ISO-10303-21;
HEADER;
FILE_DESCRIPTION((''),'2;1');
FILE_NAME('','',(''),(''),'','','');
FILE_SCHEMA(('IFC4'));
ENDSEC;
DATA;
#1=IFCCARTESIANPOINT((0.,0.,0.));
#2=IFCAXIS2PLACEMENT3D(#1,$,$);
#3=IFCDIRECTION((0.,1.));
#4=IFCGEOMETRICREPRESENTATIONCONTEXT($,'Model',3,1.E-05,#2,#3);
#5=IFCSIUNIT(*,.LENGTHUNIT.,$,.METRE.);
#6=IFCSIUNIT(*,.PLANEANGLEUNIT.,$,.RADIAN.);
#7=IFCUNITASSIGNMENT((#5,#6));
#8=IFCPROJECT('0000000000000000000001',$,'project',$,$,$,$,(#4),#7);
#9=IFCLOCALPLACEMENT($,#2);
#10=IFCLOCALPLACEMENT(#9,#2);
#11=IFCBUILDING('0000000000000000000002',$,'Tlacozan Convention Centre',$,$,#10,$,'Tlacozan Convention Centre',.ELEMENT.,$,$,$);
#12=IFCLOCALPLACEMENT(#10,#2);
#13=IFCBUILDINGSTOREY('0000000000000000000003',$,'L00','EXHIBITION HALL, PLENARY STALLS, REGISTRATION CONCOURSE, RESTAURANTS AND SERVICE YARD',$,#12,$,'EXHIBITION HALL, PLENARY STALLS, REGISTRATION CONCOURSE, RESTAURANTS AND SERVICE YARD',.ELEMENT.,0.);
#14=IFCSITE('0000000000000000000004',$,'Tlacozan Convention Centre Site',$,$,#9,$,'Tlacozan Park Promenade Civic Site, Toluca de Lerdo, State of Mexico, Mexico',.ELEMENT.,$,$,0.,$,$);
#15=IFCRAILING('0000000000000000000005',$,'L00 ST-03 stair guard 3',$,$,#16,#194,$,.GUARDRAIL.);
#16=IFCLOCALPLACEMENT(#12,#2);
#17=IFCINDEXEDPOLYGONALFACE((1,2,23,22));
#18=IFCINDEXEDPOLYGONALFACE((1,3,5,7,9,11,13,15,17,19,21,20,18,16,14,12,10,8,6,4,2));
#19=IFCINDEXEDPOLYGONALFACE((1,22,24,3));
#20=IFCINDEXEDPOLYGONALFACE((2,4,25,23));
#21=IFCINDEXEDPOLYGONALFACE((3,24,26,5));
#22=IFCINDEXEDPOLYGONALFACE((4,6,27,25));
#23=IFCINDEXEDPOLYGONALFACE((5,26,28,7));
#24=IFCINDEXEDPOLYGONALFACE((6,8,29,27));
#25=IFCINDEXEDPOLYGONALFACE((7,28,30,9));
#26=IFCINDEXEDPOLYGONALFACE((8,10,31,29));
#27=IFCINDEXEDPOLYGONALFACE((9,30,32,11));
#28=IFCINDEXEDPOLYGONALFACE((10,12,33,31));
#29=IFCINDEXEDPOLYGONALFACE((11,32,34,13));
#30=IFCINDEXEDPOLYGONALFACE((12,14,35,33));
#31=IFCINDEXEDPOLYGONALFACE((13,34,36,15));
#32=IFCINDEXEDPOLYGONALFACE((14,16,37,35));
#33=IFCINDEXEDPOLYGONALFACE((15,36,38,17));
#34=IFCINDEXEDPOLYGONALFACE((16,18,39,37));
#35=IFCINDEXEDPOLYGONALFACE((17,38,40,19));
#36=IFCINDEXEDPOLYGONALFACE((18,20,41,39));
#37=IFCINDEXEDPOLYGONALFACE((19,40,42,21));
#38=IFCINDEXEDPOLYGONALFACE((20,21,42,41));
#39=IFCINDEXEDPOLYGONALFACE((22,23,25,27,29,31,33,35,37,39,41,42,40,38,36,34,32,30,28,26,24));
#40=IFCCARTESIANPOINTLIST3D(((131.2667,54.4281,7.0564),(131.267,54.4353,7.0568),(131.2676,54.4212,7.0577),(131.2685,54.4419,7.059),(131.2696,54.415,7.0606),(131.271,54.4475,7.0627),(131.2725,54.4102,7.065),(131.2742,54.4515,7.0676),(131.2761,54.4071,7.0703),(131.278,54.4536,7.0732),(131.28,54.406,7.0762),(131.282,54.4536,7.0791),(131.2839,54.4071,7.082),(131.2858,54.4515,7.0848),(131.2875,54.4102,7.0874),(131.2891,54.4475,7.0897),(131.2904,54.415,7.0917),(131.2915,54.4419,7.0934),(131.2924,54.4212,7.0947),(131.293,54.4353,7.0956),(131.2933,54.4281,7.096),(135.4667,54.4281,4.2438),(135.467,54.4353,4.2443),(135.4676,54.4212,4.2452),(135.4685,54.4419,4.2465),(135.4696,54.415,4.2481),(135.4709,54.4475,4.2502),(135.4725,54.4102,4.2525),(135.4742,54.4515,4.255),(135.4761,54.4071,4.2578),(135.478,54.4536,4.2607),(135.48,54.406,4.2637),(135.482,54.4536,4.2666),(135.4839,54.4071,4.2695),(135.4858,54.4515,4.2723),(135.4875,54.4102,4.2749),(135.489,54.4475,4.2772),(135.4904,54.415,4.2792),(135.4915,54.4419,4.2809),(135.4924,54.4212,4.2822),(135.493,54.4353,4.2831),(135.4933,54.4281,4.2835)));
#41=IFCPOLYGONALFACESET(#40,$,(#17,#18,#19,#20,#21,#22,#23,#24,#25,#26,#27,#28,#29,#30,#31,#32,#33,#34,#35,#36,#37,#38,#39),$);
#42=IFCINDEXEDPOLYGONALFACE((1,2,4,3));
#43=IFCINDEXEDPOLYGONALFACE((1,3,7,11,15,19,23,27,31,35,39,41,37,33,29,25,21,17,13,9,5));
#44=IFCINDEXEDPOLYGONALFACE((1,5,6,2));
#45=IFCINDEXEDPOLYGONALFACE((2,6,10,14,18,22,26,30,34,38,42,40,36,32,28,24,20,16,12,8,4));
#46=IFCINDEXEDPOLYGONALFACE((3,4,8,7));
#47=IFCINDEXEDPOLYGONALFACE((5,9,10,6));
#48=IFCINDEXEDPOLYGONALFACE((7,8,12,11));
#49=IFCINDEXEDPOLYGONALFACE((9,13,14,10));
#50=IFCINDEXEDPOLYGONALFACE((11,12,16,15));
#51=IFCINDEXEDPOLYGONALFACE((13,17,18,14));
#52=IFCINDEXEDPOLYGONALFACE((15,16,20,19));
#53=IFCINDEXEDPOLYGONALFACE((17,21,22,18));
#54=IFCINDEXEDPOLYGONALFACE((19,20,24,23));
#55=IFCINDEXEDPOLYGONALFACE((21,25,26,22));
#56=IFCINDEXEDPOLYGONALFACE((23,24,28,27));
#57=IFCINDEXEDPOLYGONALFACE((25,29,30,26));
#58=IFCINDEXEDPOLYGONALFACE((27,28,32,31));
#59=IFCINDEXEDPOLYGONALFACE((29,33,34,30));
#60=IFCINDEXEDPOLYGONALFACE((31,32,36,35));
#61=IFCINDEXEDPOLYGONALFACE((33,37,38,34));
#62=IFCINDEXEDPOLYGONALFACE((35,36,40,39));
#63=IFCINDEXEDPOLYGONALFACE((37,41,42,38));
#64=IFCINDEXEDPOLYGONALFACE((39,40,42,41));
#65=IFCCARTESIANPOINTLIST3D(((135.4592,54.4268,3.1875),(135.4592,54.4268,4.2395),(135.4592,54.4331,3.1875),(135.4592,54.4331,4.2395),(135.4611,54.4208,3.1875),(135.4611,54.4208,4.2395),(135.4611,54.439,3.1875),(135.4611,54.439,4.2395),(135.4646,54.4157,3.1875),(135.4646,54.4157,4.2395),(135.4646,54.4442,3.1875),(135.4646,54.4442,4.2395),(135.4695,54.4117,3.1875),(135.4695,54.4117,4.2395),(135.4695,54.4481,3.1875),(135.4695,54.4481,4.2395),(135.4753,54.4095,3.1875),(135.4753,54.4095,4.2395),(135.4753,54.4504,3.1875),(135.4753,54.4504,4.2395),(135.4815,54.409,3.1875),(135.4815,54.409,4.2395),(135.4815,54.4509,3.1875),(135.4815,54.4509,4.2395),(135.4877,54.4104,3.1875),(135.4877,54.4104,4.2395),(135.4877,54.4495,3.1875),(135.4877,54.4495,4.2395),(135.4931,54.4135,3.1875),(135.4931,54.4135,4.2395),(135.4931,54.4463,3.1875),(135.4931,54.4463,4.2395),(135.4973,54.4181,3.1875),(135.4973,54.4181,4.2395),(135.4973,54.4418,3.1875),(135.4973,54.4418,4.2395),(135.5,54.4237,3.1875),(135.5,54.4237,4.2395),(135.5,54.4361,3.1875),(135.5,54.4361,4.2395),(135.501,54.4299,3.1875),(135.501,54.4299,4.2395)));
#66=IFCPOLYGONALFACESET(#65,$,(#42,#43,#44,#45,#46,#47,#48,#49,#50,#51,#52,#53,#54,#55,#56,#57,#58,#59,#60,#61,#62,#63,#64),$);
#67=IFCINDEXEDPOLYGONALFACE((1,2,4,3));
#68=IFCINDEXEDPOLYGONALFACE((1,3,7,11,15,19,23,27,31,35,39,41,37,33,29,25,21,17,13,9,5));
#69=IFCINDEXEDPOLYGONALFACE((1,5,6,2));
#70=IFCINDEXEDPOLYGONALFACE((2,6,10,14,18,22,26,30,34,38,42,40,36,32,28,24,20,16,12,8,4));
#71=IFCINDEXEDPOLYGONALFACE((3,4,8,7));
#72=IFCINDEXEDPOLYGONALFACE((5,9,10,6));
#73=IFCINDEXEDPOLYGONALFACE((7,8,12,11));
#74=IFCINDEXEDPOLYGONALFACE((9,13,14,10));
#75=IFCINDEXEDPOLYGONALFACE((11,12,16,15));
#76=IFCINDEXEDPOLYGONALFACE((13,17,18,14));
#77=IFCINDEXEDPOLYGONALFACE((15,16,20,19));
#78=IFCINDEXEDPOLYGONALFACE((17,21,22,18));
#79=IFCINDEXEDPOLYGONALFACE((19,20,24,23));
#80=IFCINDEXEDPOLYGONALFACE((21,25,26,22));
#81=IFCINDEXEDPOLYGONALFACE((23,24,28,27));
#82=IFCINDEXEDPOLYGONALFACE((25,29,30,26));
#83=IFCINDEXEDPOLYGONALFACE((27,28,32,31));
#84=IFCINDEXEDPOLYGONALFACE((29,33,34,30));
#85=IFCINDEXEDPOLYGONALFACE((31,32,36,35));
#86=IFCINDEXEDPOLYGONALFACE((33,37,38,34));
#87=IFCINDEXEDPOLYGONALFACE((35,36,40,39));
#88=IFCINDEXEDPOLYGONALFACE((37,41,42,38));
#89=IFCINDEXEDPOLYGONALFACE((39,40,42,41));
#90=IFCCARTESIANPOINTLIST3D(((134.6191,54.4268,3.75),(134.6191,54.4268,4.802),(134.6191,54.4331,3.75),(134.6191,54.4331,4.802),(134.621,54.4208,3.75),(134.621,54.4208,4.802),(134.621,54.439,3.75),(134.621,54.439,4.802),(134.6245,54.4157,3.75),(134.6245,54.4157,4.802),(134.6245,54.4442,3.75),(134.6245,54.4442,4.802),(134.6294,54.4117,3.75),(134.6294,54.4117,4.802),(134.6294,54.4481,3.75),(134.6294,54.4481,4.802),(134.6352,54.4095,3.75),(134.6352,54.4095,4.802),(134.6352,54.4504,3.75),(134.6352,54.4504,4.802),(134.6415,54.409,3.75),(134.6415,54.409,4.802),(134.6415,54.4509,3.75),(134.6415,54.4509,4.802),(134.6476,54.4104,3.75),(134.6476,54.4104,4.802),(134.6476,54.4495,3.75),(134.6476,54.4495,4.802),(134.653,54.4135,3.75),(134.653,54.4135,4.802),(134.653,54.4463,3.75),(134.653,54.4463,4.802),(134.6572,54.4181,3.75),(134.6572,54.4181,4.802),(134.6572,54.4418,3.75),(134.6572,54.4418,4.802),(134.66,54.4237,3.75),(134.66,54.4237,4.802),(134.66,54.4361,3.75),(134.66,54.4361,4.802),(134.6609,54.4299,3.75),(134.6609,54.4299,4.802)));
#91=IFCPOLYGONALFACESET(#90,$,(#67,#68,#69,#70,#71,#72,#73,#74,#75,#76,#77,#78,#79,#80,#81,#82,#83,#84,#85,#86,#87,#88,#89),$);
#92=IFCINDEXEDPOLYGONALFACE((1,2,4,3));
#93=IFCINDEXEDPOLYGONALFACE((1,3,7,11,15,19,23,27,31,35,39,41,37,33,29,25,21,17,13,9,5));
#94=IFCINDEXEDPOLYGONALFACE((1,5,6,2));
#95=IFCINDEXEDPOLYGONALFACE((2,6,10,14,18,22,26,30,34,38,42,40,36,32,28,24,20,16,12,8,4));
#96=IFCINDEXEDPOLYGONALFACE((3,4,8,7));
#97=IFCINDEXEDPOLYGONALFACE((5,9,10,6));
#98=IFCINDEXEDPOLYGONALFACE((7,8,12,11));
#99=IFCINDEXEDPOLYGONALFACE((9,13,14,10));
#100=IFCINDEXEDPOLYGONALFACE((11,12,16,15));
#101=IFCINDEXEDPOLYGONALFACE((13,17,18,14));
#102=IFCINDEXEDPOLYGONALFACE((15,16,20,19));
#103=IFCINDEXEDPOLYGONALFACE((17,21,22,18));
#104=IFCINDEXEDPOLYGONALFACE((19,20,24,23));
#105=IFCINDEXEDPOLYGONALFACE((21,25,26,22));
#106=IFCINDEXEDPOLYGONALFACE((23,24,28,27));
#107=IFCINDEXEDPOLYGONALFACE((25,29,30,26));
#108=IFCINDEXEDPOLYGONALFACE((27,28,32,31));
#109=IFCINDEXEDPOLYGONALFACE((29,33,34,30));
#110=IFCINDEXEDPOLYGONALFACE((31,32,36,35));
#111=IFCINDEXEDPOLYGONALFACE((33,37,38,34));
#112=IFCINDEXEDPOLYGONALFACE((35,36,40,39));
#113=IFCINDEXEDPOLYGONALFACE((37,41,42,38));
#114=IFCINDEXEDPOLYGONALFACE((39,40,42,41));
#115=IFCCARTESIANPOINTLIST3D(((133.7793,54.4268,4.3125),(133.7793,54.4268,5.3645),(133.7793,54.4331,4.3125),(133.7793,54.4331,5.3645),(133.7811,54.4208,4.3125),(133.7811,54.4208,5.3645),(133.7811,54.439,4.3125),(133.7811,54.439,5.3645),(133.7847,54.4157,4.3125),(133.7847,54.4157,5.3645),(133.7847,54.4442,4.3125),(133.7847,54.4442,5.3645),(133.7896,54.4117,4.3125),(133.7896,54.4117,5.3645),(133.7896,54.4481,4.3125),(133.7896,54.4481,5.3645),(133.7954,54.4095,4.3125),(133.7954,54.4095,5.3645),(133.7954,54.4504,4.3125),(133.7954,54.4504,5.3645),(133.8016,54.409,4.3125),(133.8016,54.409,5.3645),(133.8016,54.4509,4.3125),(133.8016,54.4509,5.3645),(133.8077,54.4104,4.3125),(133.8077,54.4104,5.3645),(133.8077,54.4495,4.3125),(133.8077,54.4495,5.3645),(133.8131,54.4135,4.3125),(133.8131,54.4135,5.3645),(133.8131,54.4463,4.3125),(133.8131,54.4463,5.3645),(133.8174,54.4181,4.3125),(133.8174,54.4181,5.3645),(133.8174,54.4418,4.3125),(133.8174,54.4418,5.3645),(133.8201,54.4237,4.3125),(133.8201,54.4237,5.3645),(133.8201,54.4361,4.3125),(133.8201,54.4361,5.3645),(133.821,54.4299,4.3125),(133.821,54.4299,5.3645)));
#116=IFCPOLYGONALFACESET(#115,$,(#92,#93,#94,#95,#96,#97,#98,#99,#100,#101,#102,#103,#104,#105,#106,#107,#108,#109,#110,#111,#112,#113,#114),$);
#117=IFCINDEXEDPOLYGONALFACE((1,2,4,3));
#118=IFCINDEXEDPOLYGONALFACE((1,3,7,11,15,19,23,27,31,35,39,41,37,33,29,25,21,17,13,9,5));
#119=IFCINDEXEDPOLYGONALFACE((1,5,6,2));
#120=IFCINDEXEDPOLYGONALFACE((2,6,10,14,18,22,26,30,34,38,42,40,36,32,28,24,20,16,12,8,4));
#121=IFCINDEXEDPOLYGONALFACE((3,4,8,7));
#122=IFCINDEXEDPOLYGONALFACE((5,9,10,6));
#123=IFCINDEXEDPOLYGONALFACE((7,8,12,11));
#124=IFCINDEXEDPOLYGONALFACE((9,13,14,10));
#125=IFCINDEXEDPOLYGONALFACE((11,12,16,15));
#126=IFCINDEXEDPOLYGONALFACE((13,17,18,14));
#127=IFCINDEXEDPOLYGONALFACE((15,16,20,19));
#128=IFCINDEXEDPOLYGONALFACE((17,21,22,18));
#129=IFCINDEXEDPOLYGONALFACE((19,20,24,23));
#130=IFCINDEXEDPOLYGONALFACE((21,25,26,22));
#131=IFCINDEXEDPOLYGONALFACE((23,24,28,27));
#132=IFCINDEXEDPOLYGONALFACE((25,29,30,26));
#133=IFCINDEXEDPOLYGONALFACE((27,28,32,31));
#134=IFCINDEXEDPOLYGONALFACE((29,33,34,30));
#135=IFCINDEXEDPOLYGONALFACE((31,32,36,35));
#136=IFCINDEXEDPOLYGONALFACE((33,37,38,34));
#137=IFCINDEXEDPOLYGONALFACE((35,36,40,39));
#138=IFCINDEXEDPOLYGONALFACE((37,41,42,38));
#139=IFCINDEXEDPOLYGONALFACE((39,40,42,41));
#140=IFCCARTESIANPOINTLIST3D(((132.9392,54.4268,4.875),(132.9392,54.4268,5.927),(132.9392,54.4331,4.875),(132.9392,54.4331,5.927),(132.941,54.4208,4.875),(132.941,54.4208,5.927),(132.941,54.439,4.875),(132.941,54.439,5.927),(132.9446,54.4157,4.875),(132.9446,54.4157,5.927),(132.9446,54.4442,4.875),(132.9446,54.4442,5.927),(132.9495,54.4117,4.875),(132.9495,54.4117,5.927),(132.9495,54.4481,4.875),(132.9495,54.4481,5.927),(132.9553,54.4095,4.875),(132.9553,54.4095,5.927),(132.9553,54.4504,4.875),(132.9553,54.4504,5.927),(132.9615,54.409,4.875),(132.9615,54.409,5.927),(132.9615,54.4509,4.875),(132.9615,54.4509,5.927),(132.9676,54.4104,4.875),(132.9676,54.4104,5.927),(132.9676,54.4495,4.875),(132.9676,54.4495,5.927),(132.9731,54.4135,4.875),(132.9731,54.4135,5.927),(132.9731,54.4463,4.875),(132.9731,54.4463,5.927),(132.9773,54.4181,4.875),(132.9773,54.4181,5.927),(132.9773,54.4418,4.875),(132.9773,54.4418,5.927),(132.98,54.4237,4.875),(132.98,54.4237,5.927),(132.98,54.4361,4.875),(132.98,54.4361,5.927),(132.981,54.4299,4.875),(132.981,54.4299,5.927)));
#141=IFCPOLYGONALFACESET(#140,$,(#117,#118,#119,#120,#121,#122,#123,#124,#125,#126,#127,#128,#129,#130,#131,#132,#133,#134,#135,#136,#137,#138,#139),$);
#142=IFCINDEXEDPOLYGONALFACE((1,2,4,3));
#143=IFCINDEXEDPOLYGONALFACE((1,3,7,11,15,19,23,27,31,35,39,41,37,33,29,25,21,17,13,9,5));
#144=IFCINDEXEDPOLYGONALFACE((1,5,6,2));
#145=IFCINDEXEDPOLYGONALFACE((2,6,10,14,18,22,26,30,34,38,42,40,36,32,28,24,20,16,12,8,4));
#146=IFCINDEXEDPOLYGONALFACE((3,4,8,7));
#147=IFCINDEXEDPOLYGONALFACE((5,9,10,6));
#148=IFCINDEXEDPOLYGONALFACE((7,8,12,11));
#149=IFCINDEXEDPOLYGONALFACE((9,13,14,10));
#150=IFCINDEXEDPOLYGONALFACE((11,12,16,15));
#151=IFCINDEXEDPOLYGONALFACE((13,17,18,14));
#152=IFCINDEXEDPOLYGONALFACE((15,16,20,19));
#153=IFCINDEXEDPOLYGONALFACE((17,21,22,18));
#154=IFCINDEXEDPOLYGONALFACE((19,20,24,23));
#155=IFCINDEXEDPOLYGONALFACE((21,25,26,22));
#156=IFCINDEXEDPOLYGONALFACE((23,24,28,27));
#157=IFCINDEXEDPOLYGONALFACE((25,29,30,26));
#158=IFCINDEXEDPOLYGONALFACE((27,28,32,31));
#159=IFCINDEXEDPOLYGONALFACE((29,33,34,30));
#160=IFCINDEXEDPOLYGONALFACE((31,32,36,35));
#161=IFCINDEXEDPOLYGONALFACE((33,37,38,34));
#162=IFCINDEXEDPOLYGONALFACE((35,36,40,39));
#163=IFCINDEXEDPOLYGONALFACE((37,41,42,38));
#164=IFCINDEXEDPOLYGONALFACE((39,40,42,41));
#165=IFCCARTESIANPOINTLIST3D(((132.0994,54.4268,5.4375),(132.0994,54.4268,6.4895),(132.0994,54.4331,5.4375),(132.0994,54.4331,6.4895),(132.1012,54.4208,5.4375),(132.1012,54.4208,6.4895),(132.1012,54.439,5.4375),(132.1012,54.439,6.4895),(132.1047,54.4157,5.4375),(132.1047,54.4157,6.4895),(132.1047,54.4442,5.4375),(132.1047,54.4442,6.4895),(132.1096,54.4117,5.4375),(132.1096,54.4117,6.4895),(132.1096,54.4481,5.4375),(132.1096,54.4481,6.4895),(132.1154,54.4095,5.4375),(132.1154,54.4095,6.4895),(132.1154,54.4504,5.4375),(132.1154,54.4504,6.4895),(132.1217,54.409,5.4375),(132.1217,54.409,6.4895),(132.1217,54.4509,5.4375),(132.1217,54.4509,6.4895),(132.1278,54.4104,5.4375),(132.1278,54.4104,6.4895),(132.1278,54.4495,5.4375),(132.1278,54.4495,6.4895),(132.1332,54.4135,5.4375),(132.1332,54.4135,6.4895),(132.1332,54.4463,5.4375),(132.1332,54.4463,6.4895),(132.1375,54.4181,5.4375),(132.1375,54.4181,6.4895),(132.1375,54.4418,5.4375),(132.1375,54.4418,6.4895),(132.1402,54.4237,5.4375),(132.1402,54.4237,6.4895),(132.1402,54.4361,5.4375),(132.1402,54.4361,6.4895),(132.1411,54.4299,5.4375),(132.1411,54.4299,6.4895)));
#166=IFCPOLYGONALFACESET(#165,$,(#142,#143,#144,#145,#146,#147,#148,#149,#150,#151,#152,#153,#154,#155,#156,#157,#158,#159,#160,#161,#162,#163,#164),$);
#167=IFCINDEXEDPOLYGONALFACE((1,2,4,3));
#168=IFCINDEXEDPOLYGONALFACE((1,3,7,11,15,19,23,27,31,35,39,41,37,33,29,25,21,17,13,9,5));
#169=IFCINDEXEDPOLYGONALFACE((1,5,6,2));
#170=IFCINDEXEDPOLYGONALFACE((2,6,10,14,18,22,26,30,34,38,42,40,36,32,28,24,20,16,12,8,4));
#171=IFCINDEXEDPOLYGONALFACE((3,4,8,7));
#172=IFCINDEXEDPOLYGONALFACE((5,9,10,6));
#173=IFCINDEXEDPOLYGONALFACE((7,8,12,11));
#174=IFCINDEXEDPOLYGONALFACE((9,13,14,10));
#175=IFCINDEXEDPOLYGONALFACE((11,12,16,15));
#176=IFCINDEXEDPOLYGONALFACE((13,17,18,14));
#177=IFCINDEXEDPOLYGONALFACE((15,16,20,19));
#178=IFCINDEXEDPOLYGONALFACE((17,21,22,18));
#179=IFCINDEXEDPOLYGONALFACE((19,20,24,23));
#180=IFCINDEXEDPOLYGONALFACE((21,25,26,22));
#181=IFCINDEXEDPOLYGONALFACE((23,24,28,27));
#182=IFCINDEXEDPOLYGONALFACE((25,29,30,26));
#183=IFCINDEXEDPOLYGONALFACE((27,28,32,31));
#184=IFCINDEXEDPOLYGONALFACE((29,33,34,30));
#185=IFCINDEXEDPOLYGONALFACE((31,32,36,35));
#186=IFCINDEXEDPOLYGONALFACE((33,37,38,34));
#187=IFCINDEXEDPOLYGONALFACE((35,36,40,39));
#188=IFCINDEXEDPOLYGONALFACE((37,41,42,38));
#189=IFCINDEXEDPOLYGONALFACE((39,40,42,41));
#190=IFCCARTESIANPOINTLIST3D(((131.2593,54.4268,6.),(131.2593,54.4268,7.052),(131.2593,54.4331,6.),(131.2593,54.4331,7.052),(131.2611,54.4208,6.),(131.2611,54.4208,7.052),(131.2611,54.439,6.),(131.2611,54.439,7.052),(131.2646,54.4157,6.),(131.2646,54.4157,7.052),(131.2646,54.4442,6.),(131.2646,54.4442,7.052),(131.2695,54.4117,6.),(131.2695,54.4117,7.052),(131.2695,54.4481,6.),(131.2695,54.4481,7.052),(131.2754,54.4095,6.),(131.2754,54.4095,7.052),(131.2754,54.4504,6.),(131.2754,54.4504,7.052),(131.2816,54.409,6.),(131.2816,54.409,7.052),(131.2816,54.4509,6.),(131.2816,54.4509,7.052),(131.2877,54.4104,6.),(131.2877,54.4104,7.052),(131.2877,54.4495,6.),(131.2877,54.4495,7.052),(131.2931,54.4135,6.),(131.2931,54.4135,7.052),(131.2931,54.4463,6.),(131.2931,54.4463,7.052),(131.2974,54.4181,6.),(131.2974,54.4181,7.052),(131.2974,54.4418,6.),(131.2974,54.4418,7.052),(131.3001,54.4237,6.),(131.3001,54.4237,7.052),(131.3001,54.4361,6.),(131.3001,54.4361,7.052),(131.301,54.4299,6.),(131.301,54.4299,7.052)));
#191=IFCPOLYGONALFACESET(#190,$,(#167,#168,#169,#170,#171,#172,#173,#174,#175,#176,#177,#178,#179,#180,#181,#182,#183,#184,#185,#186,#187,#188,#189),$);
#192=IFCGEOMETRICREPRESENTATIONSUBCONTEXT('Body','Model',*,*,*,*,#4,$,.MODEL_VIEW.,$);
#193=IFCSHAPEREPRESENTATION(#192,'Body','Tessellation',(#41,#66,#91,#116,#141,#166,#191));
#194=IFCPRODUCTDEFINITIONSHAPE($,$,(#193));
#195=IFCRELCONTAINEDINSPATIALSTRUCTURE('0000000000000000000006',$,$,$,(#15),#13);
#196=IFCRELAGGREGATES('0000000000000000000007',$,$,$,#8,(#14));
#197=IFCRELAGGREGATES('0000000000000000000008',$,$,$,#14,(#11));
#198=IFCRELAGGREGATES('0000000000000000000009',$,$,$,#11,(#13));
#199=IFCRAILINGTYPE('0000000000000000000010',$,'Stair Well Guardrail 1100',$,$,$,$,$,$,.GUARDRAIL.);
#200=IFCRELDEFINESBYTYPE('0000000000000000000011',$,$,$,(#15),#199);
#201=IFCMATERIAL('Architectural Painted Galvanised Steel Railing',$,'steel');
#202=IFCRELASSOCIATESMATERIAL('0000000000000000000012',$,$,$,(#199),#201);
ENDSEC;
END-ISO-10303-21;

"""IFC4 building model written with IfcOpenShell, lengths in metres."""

from ifc_helpers import new_model, si_unit, direction, frame, origin, origin_2d, place, context, subcontext, project, spatial, circle, extrude, material, type_object, element, save


model = new_model("IFC4")

# Units and contexts
model_context = context("Model", 3, precision=1e-05, world=origin(), true_north=direction((0.0, 1.0)))
body_context = subcontext(model_context, "Body", "Model", "MODEL_VIEW")
ifc_project = project(units=[si_unit("LENGTHUNIT", "METRE"), si_unit("PLANEANGLEUNIT", "RADIAN")], contexts=[model_context])

# Site, building, storey
site_placement = place(None, origin())
site = spatial("IfcSite", under=ifc_project, at=site_placement, Name="Tlacozan Convention Centre Site", LongName="Tlacozan Park Promenade Civic Site, Toluca de Lerdo, State of Mexico, Mexico", CompositionType="ELEMENT", RefElevation=0.0)
building_placement = place(site_placement, origin())
building = spatial("IfcBuilding", under=site, at=building_placement, Name="Tlacozan Convention Centre", LongName="Tlacozan Convention Centre", CompositionType="ELEMENT")
storey_placement = place(building_placement, origin())
storey = spatial("IfcBuildingStorey", under=building, at=storey_placement, Name="L00", Description="EXHIBITION HALL, PLENARY STALLS, REGISTRATION CONCOURSE, RESTAURANTS AND SERVICE YARD", LongName="EXHIBITION HALL, PLENARY STALLS, REGISTRATION CONCOURSE, RESTAURANTS AND SERVICE YARD", CompositionType="ELEMENT", Elevation=0.0)

# Railing
ifc_material_1 = material(Name="Architectural Painted Galvanised Steel Railing", Category="steel")
railing_type = type_object("IfcRailingType", Name="Stair Well Guardrail 1100", PredefinedType="GUARDRAIL", material=ifc_material_1)
railing_1_placement = place(storey_placement, frame((135.48, 54.4299, 3.1875)))
element("IfcRailing", 1, at=railing_1_placement, inside=storey, type_object=railing_type, Name="L00 ST-03 stair guard 3", PredefinedType="GUARDRAIL", context=body_context, shape_type="SweptSolid", body=[
    extrude(circle(Radius=0.0239, at=origin_2d()), frame((0.0, 0.0, 1.0762), z_axis=(-0.830904, 0.0, 0.556416), x_axis=(0.0, -1.0, 0.0)), (0.0, 0.0, 1.0), 5.0547),
    extrude(circle(Radius=0.021, at=origin_2d()), origin(), (0.0, 0.0, 1.0), 1.052),
    extrude(circle(Radius=0.021, at=origin_2d()), frame((-0.8401, 0.0, 0.5625)), (0.0, 0.0, 1.0), 1.052),
    extrude(circle(Radius=0.021, at=origin_2d()), frame((-1.6799, 0.0, 1.125)), (0.0, 0.0, 1.0), 1.052),
    extrude(circle(Radius=0.021, at=origin_2d()), frame((-2.52, 0.0, 1.6875)), (0.0, 0.0, 1.0), 1.052),
    extrude(circle(Radius=0.021, at=origin_2d()), frame((-3.3599, 0.0, 2.25)), (0.0, 0.0, 1.0), 1.052),
    extrude(circle(Radius=0.021, at=origin_2d()), frame((-4.2, 0.0, 2.8125)), (0.0, 0.0, 1.0), 1.052),
])

save(model, "model.ifc")
